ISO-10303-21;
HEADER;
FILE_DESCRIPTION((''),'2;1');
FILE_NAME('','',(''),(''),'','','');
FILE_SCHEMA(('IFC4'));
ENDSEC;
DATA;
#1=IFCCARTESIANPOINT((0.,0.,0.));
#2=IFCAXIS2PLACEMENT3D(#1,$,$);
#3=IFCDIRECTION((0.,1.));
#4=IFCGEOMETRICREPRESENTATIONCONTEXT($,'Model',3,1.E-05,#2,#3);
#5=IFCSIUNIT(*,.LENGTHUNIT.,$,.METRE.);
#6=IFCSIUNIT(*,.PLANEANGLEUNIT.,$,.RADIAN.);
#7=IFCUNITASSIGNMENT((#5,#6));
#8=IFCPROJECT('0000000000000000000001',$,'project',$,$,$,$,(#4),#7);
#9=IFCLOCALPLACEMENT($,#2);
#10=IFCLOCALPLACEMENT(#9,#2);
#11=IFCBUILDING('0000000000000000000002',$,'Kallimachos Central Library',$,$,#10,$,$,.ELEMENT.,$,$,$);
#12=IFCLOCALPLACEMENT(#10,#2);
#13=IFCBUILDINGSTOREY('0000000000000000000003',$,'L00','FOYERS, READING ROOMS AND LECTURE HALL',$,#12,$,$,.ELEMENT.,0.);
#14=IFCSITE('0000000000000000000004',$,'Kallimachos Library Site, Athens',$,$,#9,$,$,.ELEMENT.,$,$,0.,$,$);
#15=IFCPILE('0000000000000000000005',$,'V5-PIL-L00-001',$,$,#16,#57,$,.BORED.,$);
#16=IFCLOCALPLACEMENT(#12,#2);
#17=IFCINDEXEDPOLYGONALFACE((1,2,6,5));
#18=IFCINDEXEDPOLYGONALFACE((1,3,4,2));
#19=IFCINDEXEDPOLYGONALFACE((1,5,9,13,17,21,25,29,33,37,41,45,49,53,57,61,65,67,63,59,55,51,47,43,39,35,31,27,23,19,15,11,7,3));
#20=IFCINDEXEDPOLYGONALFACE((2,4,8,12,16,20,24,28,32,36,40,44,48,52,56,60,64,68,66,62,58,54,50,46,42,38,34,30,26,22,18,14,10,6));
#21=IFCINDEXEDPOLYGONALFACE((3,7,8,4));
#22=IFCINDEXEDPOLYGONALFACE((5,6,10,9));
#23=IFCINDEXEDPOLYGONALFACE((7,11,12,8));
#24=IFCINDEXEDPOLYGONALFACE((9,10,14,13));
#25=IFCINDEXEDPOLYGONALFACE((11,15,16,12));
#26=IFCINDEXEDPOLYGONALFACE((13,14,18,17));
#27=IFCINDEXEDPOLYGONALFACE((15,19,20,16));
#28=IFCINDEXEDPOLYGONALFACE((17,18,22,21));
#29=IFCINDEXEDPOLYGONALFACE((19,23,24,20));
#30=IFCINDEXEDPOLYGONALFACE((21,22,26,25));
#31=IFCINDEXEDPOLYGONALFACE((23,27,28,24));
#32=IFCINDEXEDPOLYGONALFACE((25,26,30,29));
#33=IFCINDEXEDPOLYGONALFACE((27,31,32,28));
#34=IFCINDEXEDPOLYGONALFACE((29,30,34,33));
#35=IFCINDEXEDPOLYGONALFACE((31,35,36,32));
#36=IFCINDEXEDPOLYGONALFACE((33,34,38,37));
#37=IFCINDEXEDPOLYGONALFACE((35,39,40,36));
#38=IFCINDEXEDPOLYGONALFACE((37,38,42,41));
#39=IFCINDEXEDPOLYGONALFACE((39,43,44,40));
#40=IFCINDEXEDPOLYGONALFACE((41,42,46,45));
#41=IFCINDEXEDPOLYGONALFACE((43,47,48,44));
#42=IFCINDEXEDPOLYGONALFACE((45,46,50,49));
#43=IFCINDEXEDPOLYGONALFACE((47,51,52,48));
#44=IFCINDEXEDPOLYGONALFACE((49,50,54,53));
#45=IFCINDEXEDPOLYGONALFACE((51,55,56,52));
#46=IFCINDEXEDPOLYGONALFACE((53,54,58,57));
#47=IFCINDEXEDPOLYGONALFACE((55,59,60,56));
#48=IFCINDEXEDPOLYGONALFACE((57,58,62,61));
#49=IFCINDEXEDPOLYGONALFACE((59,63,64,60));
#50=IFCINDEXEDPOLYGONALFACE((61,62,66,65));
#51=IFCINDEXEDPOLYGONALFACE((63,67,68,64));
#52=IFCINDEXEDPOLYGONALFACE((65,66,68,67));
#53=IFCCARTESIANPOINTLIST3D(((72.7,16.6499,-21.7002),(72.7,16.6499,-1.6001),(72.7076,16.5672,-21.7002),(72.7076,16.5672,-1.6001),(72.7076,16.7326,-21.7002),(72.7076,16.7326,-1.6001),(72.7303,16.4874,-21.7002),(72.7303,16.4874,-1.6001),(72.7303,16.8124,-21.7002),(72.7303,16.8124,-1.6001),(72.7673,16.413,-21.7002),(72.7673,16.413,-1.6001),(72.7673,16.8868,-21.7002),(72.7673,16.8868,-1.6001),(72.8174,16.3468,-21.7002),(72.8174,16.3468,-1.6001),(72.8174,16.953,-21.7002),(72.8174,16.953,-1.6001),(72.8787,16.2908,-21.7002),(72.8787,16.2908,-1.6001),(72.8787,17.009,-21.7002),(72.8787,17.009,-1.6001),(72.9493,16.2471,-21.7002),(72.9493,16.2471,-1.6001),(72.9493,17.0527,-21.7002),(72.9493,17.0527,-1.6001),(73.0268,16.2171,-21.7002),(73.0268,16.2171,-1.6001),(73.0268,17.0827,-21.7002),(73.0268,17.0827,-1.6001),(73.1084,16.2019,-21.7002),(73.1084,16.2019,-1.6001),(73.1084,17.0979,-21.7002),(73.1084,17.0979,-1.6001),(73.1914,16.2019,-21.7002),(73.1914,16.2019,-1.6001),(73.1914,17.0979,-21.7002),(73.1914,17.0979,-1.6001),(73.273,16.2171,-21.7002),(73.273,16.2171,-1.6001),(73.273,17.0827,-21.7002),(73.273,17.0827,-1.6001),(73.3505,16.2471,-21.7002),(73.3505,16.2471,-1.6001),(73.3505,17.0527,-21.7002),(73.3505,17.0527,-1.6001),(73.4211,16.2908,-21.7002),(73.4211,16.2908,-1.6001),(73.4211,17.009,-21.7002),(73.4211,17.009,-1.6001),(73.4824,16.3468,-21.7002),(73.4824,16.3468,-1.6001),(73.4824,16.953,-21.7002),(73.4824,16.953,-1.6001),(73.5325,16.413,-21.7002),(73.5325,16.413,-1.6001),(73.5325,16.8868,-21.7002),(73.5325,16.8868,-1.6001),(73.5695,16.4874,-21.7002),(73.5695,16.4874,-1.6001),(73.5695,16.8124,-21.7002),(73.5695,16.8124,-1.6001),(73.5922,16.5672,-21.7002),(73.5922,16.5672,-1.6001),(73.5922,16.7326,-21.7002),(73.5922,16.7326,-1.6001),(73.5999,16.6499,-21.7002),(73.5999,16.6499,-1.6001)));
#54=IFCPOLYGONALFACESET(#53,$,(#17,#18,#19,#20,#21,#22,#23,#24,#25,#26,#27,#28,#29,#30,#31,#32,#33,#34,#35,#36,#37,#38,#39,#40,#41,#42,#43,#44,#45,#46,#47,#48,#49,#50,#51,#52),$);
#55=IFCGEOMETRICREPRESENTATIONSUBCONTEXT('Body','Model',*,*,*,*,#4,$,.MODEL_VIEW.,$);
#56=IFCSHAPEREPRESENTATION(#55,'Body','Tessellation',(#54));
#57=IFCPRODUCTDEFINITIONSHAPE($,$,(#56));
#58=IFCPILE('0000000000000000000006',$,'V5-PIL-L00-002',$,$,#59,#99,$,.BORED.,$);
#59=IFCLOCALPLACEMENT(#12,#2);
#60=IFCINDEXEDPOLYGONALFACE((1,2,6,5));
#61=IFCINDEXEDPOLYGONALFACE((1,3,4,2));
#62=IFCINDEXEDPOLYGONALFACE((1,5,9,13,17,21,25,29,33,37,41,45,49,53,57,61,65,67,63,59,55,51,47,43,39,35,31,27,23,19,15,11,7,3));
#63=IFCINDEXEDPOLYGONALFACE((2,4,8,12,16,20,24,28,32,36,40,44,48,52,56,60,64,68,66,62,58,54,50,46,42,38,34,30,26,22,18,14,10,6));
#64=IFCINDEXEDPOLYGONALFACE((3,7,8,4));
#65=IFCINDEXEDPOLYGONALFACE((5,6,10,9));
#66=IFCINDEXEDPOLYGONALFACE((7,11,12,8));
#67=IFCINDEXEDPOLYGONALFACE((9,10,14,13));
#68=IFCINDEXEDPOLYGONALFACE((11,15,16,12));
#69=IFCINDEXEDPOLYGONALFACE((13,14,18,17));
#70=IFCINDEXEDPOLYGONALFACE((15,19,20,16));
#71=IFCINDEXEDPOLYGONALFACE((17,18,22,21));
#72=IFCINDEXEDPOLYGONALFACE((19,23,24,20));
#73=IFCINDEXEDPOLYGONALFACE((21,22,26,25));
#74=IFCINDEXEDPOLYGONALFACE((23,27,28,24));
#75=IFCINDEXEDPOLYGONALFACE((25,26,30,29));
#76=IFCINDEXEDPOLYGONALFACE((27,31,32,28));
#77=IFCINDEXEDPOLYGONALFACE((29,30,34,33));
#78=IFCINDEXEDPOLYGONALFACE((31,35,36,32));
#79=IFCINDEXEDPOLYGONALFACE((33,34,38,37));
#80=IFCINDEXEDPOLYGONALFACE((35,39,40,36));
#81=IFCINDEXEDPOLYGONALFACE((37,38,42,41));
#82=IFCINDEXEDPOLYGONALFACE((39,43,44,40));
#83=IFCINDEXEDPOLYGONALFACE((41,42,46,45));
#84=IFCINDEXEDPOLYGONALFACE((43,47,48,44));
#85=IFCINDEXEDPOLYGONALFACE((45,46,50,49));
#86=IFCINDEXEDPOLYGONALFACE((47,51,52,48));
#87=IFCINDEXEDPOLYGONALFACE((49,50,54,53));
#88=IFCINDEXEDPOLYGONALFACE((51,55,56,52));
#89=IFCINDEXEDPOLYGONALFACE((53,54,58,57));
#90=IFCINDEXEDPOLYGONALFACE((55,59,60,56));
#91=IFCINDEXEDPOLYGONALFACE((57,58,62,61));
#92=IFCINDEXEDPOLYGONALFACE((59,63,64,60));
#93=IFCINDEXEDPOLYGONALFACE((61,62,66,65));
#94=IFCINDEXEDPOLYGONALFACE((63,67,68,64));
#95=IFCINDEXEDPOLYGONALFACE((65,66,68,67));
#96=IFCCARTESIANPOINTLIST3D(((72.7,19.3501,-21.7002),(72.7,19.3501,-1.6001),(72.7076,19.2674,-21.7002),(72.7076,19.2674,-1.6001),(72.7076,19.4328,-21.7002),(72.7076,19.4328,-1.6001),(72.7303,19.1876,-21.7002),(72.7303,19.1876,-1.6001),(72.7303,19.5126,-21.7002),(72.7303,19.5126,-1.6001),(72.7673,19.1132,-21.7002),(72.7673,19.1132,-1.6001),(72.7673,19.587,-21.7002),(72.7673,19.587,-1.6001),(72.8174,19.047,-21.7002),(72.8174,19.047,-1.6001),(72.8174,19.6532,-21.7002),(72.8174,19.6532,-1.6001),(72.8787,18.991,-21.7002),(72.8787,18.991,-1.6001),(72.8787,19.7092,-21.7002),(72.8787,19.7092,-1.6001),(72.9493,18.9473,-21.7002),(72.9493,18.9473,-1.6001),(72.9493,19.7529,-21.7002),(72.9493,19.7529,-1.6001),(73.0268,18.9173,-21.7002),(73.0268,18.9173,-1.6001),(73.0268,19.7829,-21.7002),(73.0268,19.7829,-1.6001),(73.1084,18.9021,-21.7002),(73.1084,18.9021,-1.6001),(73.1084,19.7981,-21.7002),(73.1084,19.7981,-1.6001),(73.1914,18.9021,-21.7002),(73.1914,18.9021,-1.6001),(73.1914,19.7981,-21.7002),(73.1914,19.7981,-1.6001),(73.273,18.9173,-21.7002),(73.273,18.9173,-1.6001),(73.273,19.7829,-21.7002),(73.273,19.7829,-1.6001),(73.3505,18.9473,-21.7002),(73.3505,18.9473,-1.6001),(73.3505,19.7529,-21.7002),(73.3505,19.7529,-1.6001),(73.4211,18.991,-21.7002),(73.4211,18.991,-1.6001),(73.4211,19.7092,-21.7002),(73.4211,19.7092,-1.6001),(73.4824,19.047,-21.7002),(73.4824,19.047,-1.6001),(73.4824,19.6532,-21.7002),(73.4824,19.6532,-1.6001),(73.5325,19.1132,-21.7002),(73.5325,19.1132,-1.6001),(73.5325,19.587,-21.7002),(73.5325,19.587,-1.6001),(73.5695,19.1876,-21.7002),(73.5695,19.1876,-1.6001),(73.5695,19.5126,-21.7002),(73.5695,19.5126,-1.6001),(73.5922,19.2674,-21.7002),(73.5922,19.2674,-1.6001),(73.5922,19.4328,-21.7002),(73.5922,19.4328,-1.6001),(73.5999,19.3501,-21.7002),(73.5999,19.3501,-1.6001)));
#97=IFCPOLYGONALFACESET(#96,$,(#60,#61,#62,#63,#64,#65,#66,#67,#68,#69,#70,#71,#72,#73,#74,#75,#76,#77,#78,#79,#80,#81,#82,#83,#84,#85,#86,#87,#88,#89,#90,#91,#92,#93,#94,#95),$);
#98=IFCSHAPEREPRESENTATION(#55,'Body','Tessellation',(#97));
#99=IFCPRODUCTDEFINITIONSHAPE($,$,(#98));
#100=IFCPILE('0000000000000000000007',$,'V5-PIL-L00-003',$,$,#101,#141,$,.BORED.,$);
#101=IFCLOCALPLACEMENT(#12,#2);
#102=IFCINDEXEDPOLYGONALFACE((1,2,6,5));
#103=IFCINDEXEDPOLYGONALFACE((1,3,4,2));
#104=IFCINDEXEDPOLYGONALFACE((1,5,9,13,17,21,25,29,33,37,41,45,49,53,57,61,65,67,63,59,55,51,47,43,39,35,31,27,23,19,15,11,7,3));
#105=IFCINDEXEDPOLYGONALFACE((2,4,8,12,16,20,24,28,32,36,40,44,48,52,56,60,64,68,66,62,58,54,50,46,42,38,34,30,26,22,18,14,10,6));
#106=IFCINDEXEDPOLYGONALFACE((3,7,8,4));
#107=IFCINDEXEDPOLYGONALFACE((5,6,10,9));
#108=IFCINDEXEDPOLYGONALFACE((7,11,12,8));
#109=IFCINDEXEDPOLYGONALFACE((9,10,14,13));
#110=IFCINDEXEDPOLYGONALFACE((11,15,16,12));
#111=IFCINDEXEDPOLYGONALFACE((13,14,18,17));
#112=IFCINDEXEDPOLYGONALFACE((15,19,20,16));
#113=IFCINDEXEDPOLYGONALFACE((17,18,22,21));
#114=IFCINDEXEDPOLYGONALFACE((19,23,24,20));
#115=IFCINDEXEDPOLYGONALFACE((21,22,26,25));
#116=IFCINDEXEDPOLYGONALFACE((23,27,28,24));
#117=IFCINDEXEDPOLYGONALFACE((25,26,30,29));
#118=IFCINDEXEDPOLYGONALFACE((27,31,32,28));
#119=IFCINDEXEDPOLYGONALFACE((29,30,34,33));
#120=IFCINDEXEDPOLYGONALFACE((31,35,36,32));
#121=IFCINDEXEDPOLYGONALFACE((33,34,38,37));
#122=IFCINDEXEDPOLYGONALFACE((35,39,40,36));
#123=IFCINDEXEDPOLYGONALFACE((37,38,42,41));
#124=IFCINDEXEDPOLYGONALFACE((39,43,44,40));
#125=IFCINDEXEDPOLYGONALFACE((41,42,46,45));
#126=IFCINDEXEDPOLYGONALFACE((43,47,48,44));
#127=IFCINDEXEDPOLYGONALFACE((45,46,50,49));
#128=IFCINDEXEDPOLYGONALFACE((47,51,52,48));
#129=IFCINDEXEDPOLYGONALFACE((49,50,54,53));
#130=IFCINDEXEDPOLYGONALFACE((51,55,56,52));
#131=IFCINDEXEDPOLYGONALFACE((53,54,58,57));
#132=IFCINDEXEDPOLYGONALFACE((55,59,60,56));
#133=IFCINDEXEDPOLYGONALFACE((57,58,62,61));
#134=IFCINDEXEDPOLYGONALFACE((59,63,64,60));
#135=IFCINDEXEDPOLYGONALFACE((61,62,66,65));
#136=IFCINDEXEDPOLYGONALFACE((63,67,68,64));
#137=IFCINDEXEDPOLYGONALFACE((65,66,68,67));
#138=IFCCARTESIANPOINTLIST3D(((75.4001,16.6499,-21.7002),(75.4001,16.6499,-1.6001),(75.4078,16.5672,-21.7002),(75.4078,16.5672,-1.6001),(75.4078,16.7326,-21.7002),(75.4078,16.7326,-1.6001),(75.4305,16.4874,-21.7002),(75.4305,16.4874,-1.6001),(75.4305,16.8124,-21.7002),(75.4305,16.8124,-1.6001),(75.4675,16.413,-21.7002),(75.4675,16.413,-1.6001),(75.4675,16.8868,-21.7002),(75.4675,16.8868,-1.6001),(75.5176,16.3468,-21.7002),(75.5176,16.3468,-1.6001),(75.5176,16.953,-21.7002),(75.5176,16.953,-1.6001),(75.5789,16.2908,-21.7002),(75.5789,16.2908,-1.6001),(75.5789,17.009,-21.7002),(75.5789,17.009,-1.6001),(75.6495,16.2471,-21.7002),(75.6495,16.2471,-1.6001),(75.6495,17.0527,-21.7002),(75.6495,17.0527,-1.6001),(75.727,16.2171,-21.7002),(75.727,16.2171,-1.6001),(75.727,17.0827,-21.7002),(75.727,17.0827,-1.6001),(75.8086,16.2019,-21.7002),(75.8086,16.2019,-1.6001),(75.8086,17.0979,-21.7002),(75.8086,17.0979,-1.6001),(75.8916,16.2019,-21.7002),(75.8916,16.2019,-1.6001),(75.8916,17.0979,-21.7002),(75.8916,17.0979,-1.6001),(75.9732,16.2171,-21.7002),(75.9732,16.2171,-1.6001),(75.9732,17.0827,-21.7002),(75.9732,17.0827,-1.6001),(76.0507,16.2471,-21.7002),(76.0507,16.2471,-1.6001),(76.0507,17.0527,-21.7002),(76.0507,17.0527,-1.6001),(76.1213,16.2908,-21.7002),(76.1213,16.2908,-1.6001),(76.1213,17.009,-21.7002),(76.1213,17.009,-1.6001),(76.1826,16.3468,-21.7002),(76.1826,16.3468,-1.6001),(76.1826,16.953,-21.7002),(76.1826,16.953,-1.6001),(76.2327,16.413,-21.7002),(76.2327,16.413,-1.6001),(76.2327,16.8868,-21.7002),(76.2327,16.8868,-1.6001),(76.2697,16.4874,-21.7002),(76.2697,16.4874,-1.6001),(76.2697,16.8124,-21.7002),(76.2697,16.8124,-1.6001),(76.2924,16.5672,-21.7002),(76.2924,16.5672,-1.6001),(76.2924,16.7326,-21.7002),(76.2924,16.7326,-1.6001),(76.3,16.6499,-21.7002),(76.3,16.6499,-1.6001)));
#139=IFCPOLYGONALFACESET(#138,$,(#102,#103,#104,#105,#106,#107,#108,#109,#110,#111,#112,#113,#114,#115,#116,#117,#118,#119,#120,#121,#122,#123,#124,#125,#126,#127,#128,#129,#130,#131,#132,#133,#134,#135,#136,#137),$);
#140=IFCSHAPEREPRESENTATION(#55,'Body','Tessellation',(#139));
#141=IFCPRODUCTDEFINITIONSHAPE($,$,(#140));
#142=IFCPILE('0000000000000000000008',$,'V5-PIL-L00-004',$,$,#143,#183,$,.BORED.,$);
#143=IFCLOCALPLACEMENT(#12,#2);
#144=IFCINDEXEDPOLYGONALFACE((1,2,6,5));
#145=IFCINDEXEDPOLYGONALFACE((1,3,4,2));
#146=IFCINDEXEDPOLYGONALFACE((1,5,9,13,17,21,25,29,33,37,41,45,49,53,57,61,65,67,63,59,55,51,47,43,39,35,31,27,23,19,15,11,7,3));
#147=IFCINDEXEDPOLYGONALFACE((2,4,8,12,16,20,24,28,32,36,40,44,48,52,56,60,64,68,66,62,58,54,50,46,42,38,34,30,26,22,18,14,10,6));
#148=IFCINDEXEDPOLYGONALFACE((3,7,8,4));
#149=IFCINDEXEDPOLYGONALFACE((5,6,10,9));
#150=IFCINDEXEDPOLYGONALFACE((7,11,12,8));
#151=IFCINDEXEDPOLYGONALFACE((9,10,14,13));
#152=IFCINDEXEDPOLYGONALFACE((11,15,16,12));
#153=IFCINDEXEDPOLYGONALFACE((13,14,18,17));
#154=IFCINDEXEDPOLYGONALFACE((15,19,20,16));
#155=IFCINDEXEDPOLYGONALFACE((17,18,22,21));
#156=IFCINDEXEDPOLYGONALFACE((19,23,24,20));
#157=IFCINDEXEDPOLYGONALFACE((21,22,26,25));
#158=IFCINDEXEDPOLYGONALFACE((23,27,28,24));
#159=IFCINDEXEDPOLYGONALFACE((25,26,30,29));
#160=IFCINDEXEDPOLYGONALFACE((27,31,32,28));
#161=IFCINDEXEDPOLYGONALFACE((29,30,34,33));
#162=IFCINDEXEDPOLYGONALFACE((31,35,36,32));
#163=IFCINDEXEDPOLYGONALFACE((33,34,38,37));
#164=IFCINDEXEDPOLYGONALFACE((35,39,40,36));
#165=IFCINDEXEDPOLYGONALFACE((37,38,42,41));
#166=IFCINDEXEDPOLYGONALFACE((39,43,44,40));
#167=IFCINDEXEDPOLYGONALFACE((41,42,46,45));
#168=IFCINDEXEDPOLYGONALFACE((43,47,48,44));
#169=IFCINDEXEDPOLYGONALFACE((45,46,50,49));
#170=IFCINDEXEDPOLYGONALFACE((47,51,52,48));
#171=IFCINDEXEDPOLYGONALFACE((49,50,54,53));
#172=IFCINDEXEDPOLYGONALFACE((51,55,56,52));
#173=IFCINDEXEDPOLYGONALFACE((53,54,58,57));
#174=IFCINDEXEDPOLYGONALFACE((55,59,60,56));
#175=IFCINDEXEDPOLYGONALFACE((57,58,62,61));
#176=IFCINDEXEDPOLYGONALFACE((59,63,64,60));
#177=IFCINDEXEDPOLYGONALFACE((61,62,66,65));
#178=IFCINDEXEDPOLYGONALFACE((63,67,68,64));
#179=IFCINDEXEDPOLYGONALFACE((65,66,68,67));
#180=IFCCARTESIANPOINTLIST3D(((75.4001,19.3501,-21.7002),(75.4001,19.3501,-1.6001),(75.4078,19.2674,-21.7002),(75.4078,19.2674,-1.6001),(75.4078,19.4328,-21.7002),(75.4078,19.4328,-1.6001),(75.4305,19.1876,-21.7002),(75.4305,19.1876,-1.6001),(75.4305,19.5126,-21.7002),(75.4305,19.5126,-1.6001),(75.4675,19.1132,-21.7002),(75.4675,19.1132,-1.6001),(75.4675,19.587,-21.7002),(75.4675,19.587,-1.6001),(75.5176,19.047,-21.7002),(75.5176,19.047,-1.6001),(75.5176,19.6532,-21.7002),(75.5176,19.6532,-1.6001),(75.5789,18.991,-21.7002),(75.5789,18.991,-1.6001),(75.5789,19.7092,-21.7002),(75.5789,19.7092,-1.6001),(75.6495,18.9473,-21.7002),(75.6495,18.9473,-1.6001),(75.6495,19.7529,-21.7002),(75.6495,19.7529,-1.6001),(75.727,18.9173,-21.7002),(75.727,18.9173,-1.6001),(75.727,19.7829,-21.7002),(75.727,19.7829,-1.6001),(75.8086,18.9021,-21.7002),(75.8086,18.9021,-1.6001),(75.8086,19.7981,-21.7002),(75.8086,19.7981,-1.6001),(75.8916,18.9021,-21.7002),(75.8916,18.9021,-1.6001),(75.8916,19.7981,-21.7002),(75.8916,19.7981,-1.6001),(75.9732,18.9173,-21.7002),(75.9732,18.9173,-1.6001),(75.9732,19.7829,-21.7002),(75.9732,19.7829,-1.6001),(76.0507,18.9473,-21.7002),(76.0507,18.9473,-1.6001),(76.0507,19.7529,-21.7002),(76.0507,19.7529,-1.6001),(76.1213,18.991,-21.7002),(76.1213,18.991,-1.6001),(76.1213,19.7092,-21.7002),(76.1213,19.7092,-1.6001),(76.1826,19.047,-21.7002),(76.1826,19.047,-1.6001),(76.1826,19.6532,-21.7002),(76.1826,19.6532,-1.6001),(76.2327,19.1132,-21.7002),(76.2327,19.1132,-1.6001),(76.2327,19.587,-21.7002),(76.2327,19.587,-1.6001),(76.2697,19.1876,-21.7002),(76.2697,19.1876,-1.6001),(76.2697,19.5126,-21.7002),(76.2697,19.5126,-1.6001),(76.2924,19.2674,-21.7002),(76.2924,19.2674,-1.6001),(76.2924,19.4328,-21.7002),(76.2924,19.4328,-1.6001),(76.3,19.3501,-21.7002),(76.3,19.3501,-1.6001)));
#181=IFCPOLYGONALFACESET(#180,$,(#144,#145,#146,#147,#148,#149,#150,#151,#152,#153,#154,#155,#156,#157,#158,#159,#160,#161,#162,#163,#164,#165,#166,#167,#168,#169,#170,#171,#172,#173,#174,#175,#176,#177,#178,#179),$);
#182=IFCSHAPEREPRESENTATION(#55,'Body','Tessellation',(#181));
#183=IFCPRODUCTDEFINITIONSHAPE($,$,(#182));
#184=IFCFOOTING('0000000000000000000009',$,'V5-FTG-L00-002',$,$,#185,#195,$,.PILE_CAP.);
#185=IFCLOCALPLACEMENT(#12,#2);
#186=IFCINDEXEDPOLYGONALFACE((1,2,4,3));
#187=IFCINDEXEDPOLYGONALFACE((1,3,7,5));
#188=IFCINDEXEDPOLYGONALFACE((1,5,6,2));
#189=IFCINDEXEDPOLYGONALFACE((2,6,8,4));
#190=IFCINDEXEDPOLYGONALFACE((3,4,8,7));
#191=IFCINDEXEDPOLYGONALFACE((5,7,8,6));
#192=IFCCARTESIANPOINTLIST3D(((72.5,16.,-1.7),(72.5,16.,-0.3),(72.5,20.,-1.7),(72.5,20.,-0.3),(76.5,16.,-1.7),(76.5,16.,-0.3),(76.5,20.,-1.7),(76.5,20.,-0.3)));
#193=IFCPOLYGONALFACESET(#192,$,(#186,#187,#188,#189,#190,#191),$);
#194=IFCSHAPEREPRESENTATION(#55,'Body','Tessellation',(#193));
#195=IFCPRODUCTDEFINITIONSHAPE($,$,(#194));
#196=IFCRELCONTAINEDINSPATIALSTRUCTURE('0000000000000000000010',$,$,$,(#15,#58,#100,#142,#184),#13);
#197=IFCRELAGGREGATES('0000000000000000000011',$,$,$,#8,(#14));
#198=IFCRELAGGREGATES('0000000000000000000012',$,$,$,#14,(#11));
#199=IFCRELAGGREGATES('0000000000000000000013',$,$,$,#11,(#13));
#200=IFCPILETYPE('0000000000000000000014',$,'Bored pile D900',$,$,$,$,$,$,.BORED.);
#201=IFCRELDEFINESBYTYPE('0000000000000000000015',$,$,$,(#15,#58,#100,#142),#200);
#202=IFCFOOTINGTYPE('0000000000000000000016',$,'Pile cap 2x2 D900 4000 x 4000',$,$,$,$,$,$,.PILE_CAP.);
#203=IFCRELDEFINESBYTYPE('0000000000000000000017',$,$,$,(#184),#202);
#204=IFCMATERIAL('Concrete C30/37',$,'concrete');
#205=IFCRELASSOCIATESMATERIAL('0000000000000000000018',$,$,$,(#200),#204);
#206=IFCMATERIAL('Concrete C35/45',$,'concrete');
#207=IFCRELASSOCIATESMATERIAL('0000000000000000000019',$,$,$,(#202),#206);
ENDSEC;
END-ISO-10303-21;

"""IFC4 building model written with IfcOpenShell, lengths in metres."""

from ifc_helpers import new_model, si_unit, direction, frame, origin, origin_2d, place, context, subcontext, project, spatial, rectangle, circle, extrude, material, type_object, element, save


model = new_model("IFC4")

# Units and contexts
model_context = context("Model", 3, precision=1e-05, world=origin(), true_north=direction((0.0, 1.0)))
body_context = subcontext(model_context, "Body", "Model", "MODEL_VIEW")
ifc_project = project(units=[si_unit("LENGTHUNIT", "METRE"), si_unit("PLANEANGLEUNIT", "RADIAN")], contexts=[model_context])

# Site, building, storey
site_placement = place(None, origin())
site = spatial("IfcSite", under=ifc_project, at=site_placement, Name="Kallimachos Library Site, Athens", CompositionType="ELEMENT", RefElevation=0.0)
building_placement = place(site_placement, origin())
building = spatial("IfcBuilding", under=site, at=building_placement, Name="Kallimachos Central Library", CompositionType="ELEMENT")
storey_placement = place(building_placement, origin())
storey = spatial("IfcBuildingStorey", under=building, at=storey_placement, Name="L00", Description="FOYERS, READING ROOMS AND LECTURE HALL", CompositionType="ELEMENT", Elevation=0.0)

# Piles
ifc_material_1 = material(Name="Concrete C30/37", Category="concrete")
pile_type = type_object("IfcPileType", Name="Bored pile D900", PredefinedType="BORED", material=ifc_material_1)
for number, where, z_axis, x_axis, name in (
    (1, (73.1499, 16.6499, -1.6001), (0.0, 0.0, -1.0), (1.0, 0.0, 0.0), "V5-PIL-L00-001"),
    (2, (73.1499, 19.3501, -1.6001), (0.0, 0.0, -1.0), (1.0, 0.0, 0.0), "V5-PIL-L00-002"),
    (3, (75.8501, 16.6499, -1.6001), (0.0, 0.0, -1.0), (1.0, 0.0, 0.0), "V5-PIL-L00-003"),
    (4, (75.8501, 19.3501, -1.6001), (0.0, 0.0, -1.0), (1.0, 0.0, 0.0), "V5-PIL-L00-004"),
):
    element("IfcPile", number, at=place(storey_placement, frame(where, z_axis=z_axis, x_axis=x_axis)), inside=storey, type_object=pile_type, Name=name, PredefinedType="BORED", context=body_context, shape_type="SweptSolid", body=[
        extrude(circle(Radius=0.45, at=origin_2d()), origin(), (0.0, 0.0, 1.0), 20.1001),
    ])

# Footing
ifc_material_2 = material(Name="Concrete C35/45", Category="concrete")
footing_type = type_object("IfcFootingType", Name="Pile cap 2x2 D900 4000 x 4000", PredefinedType="PILE_CAP", material=ifc_material_2)
footing_placement = place(storey_placement, frame((74.5, 18.0, -1.7), z_axis=(0.0, 0.0, 1.0), x_axis=(1.0, 0.0, 0.0)))
element("IfcFooting", 5, at=footing_placement, inside=storey, type_object=footing_type, Name="V5-FTG-L00-002", PredefinedType="PILE_CAP", context=body_context, shape_type="SweptSolid", body=[
    extrude(rectangle(XDim=4.0, YDim=4.0, at=origin_2d()), origin(), (0.0, 0.0, 1.0), 1.3999),
])

save(model, "model.ifc")
